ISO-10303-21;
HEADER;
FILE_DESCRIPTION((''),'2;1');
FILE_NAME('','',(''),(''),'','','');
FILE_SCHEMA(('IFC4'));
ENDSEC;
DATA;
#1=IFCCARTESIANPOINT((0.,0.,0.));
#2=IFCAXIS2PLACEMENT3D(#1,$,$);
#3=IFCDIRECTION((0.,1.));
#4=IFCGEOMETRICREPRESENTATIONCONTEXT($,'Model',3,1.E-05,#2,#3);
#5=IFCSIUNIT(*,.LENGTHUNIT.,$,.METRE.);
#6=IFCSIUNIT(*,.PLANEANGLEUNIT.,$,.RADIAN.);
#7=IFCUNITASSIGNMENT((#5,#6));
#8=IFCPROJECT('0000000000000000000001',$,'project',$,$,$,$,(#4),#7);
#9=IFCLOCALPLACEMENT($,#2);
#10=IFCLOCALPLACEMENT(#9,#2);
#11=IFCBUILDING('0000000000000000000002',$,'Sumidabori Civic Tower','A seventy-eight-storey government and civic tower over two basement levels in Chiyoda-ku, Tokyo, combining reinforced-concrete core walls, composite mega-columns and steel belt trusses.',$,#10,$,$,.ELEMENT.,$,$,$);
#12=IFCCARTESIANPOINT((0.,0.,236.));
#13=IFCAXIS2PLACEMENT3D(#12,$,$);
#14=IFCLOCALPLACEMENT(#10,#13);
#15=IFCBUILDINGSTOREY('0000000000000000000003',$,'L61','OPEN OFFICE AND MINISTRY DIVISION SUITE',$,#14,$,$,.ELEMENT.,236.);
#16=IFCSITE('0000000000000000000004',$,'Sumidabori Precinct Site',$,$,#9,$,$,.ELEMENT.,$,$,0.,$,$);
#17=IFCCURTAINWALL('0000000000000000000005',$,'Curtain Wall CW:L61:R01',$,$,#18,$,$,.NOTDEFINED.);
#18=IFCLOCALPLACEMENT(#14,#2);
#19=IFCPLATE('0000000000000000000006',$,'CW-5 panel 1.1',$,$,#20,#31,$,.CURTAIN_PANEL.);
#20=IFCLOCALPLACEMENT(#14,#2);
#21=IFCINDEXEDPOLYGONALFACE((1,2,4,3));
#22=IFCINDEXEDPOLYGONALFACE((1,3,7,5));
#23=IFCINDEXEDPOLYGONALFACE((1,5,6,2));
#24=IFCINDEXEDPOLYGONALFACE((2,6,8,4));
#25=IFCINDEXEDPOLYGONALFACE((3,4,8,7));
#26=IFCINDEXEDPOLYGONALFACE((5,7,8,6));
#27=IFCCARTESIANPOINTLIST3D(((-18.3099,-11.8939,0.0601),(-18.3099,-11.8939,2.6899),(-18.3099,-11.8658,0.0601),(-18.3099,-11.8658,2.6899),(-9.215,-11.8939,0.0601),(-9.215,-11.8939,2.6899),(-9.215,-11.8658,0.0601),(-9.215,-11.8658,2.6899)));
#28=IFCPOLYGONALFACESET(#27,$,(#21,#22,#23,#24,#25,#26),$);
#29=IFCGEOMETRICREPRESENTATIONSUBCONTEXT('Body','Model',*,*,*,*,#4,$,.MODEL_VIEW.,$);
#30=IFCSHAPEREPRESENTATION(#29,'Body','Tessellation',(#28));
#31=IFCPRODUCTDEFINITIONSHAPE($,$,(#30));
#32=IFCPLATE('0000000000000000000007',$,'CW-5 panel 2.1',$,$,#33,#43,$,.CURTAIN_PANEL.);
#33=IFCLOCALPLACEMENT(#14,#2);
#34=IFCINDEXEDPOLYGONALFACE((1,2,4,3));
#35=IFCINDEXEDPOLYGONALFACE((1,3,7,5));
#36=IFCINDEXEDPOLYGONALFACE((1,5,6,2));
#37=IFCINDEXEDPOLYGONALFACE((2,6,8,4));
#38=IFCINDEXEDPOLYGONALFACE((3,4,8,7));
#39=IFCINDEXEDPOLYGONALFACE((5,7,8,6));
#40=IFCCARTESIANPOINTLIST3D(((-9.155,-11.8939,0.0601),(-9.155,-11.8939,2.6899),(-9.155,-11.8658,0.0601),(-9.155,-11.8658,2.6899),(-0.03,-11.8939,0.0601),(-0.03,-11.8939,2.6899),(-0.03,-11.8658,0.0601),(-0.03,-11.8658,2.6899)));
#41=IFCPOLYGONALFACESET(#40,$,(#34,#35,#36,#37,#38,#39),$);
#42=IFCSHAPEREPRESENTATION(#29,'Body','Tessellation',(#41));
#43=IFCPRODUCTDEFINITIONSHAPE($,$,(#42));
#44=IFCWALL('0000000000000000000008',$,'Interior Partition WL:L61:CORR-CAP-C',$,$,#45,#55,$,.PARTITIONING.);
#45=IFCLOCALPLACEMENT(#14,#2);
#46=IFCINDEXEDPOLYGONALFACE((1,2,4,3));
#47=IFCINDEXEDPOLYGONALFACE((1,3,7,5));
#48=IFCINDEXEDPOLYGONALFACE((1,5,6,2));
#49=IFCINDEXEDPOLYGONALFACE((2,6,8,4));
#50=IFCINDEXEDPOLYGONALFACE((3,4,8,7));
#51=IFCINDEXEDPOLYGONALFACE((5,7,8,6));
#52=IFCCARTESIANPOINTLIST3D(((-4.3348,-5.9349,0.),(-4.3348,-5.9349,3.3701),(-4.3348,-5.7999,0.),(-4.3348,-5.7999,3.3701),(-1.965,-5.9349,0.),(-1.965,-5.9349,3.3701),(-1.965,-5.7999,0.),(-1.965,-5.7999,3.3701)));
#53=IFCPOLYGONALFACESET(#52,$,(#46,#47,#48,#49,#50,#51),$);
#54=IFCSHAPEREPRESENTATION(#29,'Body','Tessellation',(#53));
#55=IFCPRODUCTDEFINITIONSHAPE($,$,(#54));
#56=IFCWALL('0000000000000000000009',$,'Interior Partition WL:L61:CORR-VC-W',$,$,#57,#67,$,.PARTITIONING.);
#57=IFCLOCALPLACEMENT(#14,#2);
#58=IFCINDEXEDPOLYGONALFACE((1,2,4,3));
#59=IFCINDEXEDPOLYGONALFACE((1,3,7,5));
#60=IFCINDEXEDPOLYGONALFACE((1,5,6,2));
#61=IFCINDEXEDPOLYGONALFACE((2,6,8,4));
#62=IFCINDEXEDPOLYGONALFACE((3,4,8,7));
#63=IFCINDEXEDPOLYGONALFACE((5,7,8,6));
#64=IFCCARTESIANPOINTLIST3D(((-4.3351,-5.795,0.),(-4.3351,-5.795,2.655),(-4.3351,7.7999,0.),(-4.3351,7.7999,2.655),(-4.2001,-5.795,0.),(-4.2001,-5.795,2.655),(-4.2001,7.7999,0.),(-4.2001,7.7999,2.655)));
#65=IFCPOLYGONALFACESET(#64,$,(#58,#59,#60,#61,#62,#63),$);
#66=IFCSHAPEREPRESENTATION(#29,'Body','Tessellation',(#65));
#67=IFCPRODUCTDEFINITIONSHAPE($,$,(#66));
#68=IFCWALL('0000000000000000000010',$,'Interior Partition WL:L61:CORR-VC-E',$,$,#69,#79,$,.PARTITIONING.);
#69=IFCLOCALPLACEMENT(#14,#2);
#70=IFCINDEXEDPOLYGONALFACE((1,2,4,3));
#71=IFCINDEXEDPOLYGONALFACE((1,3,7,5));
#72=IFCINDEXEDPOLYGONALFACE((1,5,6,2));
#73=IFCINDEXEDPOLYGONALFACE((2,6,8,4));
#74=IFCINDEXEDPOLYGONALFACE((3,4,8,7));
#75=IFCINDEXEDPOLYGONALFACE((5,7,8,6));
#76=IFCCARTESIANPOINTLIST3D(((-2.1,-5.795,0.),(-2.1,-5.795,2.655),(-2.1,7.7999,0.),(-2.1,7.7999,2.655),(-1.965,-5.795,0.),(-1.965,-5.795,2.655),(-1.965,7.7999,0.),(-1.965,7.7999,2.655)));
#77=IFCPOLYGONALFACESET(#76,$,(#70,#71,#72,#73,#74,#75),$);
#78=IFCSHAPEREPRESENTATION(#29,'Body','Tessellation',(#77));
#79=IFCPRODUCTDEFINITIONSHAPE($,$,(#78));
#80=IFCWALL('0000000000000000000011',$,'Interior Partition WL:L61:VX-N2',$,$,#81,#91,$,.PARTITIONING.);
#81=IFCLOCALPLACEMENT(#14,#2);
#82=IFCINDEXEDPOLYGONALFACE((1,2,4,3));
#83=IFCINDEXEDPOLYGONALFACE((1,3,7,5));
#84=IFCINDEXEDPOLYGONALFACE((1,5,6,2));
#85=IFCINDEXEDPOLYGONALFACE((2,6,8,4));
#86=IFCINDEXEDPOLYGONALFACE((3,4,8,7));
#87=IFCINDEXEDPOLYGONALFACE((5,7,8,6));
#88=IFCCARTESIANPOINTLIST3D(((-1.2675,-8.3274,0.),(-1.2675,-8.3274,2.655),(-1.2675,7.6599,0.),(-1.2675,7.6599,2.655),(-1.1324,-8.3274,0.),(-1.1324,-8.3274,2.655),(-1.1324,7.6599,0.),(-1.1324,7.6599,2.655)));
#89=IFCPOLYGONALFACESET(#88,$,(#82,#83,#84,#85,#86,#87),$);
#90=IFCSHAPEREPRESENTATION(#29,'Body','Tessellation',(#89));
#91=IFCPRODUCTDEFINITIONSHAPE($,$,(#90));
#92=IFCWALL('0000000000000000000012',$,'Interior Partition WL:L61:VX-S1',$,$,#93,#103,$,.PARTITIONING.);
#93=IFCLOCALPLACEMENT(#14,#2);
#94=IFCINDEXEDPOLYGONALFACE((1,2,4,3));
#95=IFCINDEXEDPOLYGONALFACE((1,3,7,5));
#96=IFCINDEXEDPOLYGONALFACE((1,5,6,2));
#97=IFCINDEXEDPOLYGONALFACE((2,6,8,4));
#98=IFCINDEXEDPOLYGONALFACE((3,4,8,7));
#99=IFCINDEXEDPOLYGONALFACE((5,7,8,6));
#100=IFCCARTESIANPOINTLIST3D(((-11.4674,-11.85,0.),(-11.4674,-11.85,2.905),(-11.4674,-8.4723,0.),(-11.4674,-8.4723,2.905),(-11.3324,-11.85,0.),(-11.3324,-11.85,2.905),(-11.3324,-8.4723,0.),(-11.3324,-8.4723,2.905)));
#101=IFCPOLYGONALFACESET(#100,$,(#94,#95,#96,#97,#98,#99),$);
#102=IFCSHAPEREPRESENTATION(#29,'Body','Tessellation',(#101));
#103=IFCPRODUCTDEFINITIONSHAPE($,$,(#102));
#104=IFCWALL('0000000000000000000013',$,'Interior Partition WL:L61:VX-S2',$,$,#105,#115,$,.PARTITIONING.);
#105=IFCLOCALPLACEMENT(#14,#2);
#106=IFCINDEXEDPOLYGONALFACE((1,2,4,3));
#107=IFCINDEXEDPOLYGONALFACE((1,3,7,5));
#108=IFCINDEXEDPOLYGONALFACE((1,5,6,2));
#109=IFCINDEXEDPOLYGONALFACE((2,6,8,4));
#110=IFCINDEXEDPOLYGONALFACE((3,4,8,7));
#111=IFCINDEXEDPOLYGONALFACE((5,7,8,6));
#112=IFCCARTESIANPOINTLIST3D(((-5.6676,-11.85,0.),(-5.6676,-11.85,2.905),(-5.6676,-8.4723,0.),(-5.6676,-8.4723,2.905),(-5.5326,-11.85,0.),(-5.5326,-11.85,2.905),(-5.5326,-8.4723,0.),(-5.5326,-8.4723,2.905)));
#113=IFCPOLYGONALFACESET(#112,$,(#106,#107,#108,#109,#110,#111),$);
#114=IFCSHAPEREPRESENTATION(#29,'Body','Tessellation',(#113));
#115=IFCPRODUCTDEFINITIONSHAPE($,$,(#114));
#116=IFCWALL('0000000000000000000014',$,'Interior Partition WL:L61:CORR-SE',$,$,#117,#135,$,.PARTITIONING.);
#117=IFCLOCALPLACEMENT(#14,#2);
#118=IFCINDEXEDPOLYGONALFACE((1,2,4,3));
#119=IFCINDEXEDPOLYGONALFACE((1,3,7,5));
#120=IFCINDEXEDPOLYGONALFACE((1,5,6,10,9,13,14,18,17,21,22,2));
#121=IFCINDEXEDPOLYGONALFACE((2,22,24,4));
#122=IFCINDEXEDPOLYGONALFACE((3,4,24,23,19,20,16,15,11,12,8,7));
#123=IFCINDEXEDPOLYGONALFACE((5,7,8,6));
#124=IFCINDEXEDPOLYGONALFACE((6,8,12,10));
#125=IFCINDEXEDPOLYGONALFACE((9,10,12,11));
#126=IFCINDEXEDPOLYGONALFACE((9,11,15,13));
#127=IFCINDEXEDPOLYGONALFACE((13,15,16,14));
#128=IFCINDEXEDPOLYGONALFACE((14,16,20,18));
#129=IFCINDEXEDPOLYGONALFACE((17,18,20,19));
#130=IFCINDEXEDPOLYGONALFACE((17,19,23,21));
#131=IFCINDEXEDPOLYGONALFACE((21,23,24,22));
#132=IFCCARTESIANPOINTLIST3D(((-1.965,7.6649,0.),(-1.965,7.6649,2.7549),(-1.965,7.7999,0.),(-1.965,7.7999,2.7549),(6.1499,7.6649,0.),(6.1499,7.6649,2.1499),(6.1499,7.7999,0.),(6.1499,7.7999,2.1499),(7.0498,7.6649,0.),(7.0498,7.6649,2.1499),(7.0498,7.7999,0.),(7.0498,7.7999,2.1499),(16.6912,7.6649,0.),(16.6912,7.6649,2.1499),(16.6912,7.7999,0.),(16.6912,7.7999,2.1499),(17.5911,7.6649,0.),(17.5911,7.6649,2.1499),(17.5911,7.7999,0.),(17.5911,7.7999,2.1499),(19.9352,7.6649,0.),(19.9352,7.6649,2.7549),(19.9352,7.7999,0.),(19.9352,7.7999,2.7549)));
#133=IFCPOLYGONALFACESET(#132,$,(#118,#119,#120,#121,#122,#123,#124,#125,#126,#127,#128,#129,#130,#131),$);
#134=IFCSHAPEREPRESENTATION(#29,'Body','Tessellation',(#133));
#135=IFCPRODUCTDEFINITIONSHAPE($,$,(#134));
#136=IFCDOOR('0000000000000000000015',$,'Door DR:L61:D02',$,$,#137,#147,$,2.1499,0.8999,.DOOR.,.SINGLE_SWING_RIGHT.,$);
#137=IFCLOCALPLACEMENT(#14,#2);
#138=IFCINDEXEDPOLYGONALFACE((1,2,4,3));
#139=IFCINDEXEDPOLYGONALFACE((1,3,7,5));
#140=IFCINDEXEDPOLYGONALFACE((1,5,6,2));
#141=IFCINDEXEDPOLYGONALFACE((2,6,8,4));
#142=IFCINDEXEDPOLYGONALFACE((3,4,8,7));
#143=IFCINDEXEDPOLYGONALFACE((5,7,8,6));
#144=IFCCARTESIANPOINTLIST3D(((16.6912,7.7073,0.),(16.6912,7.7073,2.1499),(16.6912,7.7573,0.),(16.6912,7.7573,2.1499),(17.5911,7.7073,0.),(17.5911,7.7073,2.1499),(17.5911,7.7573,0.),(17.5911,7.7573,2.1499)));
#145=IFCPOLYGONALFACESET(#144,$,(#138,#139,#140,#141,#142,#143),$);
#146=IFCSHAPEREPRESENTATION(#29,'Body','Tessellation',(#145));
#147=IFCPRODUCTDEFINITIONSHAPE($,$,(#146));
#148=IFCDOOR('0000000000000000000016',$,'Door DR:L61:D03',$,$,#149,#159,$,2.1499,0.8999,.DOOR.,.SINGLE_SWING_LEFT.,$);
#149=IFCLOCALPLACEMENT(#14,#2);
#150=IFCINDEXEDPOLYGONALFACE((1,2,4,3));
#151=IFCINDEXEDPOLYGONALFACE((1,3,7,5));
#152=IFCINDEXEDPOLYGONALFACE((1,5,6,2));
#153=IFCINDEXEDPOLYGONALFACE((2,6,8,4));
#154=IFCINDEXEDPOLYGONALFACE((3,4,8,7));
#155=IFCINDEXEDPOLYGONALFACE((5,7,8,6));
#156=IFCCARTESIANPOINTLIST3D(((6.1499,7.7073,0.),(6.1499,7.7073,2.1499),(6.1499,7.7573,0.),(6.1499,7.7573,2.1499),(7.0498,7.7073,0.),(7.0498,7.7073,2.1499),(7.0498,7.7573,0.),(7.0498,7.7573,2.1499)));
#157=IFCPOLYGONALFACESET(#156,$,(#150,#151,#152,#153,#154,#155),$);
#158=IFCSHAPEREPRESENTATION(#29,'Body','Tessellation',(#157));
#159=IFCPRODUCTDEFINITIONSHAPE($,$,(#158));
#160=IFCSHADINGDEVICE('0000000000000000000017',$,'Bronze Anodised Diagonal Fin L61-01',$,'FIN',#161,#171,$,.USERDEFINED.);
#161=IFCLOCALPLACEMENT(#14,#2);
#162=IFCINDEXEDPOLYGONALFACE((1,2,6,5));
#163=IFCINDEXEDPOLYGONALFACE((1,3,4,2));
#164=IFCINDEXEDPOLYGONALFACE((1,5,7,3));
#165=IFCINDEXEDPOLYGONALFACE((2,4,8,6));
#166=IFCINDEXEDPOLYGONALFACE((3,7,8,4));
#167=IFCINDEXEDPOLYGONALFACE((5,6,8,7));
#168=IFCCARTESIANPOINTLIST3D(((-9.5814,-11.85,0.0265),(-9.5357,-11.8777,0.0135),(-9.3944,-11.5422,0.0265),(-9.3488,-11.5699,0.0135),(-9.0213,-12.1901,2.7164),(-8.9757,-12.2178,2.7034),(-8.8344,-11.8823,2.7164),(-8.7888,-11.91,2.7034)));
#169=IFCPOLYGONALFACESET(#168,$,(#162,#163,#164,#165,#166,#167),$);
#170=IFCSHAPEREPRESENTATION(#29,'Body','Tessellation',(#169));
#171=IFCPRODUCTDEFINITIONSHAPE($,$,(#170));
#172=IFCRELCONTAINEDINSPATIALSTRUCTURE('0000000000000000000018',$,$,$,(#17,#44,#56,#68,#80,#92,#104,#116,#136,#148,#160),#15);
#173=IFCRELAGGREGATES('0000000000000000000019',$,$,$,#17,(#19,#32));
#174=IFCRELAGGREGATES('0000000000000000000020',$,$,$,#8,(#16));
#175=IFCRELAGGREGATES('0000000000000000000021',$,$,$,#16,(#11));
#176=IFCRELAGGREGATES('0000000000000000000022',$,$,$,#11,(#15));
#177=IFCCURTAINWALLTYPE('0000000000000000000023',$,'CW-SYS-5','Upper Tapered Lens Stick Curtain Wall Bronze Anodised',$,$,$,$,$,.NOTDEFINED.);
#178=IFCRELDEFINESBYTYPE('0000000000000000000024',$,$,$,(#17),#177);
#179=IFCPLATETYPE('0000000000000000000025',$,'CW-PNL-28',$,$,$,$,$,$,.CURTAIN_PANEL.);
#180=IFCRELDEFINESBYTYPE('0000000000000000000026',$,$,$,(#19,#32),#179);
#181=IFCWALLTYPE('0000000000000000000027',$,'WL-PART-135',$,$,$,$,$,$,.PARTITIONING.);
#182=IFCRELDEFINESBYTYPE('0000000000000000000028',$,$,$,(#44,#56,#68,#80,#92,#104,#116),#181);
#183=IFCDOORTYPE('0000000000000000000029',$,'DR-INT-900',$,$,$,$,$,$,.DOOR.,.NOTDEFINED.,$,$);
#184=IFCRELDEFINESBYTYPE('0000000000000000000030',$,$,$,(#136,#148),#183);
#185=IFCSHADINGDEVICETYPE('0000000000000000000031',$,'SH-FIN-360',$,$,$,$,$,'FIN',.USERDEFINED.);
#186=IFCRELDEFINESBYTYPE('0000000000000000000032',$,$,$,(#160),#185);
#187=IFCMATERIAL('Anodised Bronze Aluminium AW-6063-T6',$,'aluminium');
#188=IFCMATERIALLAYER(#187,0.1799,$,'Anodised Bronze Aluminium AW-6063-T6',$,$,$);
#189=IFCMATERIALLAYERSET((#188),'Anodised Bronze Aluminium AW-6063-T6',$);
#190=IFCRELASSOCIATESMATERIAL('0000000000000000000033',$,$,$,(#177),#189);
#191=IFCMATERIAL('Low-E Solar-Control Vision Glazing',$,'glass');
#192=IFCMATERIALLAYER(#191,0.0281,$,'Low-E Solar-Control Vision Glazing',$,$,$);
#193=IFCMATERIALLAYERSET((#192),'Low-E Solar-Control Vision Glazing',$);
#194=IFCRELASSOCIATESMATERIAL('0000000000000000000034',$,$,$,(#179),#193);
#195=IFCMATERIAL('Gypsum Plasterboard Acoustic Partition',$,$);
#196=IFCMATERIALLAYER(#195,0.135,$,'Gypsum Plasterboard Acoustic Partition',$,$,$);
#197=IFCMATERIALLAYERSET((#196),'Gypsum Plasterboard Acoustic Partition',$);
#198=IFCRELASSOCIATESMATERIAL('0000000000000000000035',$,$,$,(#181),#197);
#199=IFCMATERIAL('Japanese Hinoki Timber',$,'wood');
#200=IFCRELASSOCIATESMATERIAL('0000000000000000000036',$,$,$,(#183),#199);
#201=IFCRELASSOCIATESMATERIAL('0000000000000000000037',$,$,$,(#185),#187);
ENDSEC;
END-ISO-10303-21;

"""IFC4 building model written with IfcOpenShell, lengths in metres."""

from ifc_helpers import new_model, si_unit, direction, frame, frame_2d, origin, origin_2d, place, context, subcontext, project, spatial, rectangle, extrude, source, transform, mapped, material, layer, layer_set, material_profile, profile_set, type_object, element, fill, aggregate, save


model = new_model("IFC4")

# Units and contexts
model_context = context("Model", 3, precision=1e-05, world=origin(), true_north=direction((0.0, 1.0)))
body_context = subcontext(model_context, "Body", "Model", "MODEL_VIEW")
ifc_project = project(units=[si_unit("LENGTHUNIT", "METRE"), si_unit("PLANEANGLEUNIT", "RADIAN")], contexts=[model_context])

# Site, building, storey
site_placement = place(None, origin())
site = spatial("IfcSite", under=ifc_project, at=site_placement, Name="Sumidabori Precinct Site", CompositionType="ELEMENT", RefElevation=0.0)
building_placement = place(site_placement, origin())
building = spatial("IfcBuilding", under=site, at=building_placement, Name="Sumidabori Civic Tower", Description="A seventy-eight-storey government and civic tower over two basement levels in Chiyoda-ku, Tokyo, combining reinforced-concrete core walls, composite mega-columns and steel belt trusses.", CompositionType="ELEMENT")
storey_placement = place(building_placement, frame((0.0, 0.0, 236.0)))
storey = spatial("IfcBuildingStorey", under=building, at=storey_placement, Name="L61", Description="OPEN OFFICE AND MINISTRY DIVISION SUITE", CompositionType="ELEMENT", Elevation=236.0)

# Curtain wall
ifc_material_1 = material(Name="Anodised Bronze Aluminium AW-6063-T6", Category="aluminium")
ifc_layer_1 = layer(ifc_material_1, 0.1799, Name="Anodised Bronze Aluminium AW-6063-T6")
ifc_layer_set_1 = layer_set([ifc_layer_1], Name="Anodised Bronze Aluminium AW-6063-T6")
curtain_wall_type = type_object("IfcCurtainWallType", Name="CW-SYS-5", Description="Upper Tapered Lens Stick Curtain Wall Bronze Anodised", PredefinedType="NOTDEFINED", material=ifc_layer_set_1)
curtain_wall_placement = place(storey_placement, origin())
curtain_wall = element("IfcCurtainWall", 1, at=curtain_wall_placement, inside=storey, type_object=curtain_wall_type, Name="Curtain Wall CW:L61:R01", PredefinedType="NOTDEFINED")

# Plates
ifc_material_2 = material(Name="Low-E Solar-Control Vision Glazing", Category="glass")
ifc_layer_2 = layer(ifc_material_2, 0.0281, Name="Low-E Solar-Control Vision Glazing")
ifc_layer_set_2 = layer_set([ifc_layer_2], Name="Low-E Solar-Control Vision Glazing")
plate_type = type_object("IfcPlateType", Name="CW-PNL-28", PredefinedType="CURTAIN_PANEL", material=ifc_layer_set_2)
shared_shape_1 = source(origin(), body_context, "Body", "SweptSolid", [
    extrude(rectangle(XDim=9.095, YDim=0.0281, at=origin_2d()), origin(), (0.0, 0.0, 1.0), 2.6299),
])
plate_1_placement = place(storey_placement, frame((-13.7625, -11.8799, 0.0601), z_axis=(0.0, 0.0, 1.0), x_axis=(1.0, 0.0, 0.0)))
plate_1 = element("IfcPlate", 2, at=plate_1_placement, type_object=plate_type, Name="CW-5 panel 1.1", PredefinedType="CURTAIN_PANEL", context=body_context, shape_type="MappedRepresentation", body=[
    mapped(shared_shape_1, transform((0.0, 0.0, 0.0), x_axis=(1.0, 0.0, 0.0), y_axis=(0.0, 1.0, 0.0), z_axis=(0.0, 0.0, 1.0), scale=1.0)),
])
shared_shape_2 = source(origin(), body_context, "Body", "SweptSolid", [
    extrude(rectangle(XDim=9.125, YDim=0.0281, at=origin_2d()), origin(), (0.0, 0.0, 1.0), 2.6299),
])
plate_2_placement = place(storey_placement, frame((-4.5925, -11.8799, 0.0601), z_axis=(0.0, 0.0, 1.0), x_axis=(1.0, 0.0, 0.0)))
plate_2 = element("IfcPlate", 3, at=plate_2_placement, type_object=plate_type, Name="CW-5 panel 2.1", PredefinedType="CURTAIN_PANEL", context=body_context, shape_type="MappedRepresentation", body=[
    mapped(shared_shape_2, transform((0.0, 0.0, 0.0), x_axis=(1.0, 0.0, 0.0), y_axis=(0.0, 1.0, 0.0), z_axis=(0.0, 0.0, 1.0), scale=1.0)),
])
aggregate(curtain_wall, [plate_1, plate_2])

# Walls
ifc_material_3 = material(Name="Gypsum Plasterboard Acoustic Partition")
ifc_layer_3 = layer(ifc_material_3, 0.135, Name="Gypsum Plasterboard Acoustic Partition")
ifc_layer_set_3 = layer_set([ifc_layer_3], Name="Gypsum Plasterboard Acoustic Partition")
wall_type = type_object("IfcWallType", Name="WL-PART-135", PredefinedType="PARTITIONING", material=ifc_layer_set_3)
shared_shape_3 = source(origin(), body_context, "Body", "SweptSolid", [
    extrude(rectangle(XDim=2.3699, YDim=0.135, at=frame_2d((1.1851, 0.0))), origin(), (0.0, 0.0, 1.0), 3.3701),
])
wall_1_placement = place(storey_placement, frame((-4.335, -5.8674, 0.0), z_axis=(0.0, 0.0, 1.0), x_axis=(1.0, 0.0, 0.0)))
element("IfcWall", 4, at=wall_1_placement, inside=storey, type_object=wall_type, Name="Interior Partition WL:L61:CORR-CAP-C", PredefinedType="PARTITIONING", context=body_context, shape_type="MappedRepresentation", body=[
    mapped(shared_shape_3, transform((0.0, 0.0, 0.0), x_axis=(1.0, 0.0, 0.0), y_axis=(0.0, 1.0, 0.0), z_axis=(0.0, 0.0, 1.0), scale=1.0)),
])
shared_shape_4 = source(origin(), body_context, "Body", "SweptSolid", [
    extrude(rectangle(XDim=13.595, YDim=0.135, at=frame_2d((6.7974, 0.0))), origin(), (0.0, 0.0, 1.0), 2.655),
])
for number, where, z_axis, x_axis, name in (
    (5, (-4.2676, -5.7949, 0.0), (0.0, 0.0, 1.0), (0.0, 1.0, 0.0), "Interior Partition WL:L61:CORR-VC-W"),
    (6, (-2.0325, -5.7949, 0.0), (0.0, 0.0, 1.0), (0.0, 1.0, 0.0), "Interior Partition WL:L61:CORR-VC-E"),
):
    element("IfcWall", number, at=place(storey_placement, frame(where, z_axis=z_axis, x_axis=x_axis)), inside=storey, type_object=wall_type, Name=name, PredefinedType="PARTITIONING", context=body_context, shape_type="MappedRepresentation", body=[
        mapped(shared_shape_4, transform((0.0, 0.0, 0.0), x_axis=(1.0, 0.0, 0.0), y_axis=(0.0, 1.0, 0.0), z_axis=(0.0, 0.0, 1.0), scale=1.0)),
    ])
shared_shape_5 = source(origin(), body_context, "Body", "SweptSolid", [
    extrude(rectangle(XDim=15.9873, YDim=0.135, at=frame_2d((7.9937, 0.0))), origin(), (0.0, 0.0, 1.0), 2.655),
])
wall_2_placement = place(storey_placement, frame((-1.2, -8.3274, 0.0), z_axis=(0.0, 0.0, 1.0), x_axis=(0.0, 1.0, 0.0)))
element("IfcWall", 7, at=wall_2_placement, inside=storey, type_object=wall_type, Name="Interior Partition WL:L61:VX-N2", PredefinedType="PARTITIONING", context=body_context, shape_type="MappedRepresentation", body=[
    mapped(shared_shape_5, transform((0.0, 0.0, 0.0), x_axis=(1.0, 0.0, 0.0), y_axis=(0.0, 1.0, 0.0), z_axis=(0.0, 0.0, 1.0), scale=1.0)),
])
shared_shape_6 = source(origin(), body_context, "Body", "SweptSolid", [
    extrude(rectangle(XDim=3.3777, YDim=0.135, at=frame_2d((1.689, 0.0))), origin(), (0.0, 0.0, 1.0), 2.905),
])
for number, where, z_axis, x_axis, name in (
    (8, (-11.3999, -11.8501, 0.0), (0.0, 0.0, 1.0), (0.0, 1.0, 0.0), "Interior Partition WL:L61:VX-S1"),
    (9, (-5.6001, -11.8501, 0.0), (0.0, 0.0, 1.0), (0.0, 1.0, 0.0), "Interior Partition WL:L61:VX-S2"),
):
    element("IfcWall", number, at=place(storey_placement, frame(where, z_axis=z_axis, x_axis=x_axis)), inside=storey, type_object=wall_type, Name=name, PredefinedType="PARTITIONING", context=body_context, shape_type="MappedRepresentation", body=[
        mapped(shared_shape_6, transform((0.0, 0.0, 0.0), x_axis=(1.0, 0.0, 0.0), y_axis=(0.0, 1.0, 0.0), z_axis=(0.0, 0.0, 1.0), scale=1.0)),
    ])

# Wall, openings, doors
shared_shape_7 = source(origin(), body_context, "Body", "SweptSolid", [
    extrude(rectangle(XDim=21.9001, YDim=0.135, at=frame_2d((10.9502, 0.0))), origin(), (0.0, 0.0, 1.0), 2.7549),
])
wall_3_placement = place(storey_placement, frame((-1.9651, 7.7324, 0.0), z_axis=(0.0, 0.0, 1.0), x_axis=(1.0, 0.0, 0.0)))
wall_3 = element("IfcWall", 10, at=wall_3_placement, inside=storey, type_object=wall_type, Name="Interior Partition WL:L61:CORR-SE", PredefinedType="PARTITIONING", context=body_context, shape_type="MappedRepresentation", body=[
    mapped(shared_shape_7, transform((0.0, 0.0, 0.0), x_axis=(1.0, 0.0, 0.0), y_axis=(0.0, 1.0, 0.0), z_axis=(0.0, 0.0, 1.0), scale=1.0)),
])
opening_1_placement = place(wall_3_placement, frame((18.6562, 0.0, 0.0)))
opening_1 = element("IfcOpeningElement", 11, at=opening_1_placement, cuts=wall_3, PredefinedType="OPENING", context=body_context, shape_type="SweptSolid", body=[
    extrude(rectangle(XDim=0.8999, YDim=2.1499, at=frame_2d((0.45, 1.075))), frame((0.0, 0.0796, 0.0), z_axis=(0.0, -1.0, 0.0), x_axis=(1.0, 0.0, 0.0)), (0.0, 0.0, 1.0), 0.1589),
])
opening_2_placement = place(wall_3_placement, frame((8.115, 0.0, 0.0)))
opening_2 = element("IfcOpeningElement", 12, at=opening_2_placement, cuts=wall_3, PredefinedType="OPENING", context=body_context, shape_type="SweptSolid", body=[
    extrude(rectangle(XDim=0.8999, YDim=2.1499, at=frame_2d((0.45, 1.075))), frame((0.0, 0.0796, 0.0), z_axis=(0.0, -1.0, 0.0), x_axis=(1.0, 0.0, 0.0)), (0.0, 0.0, 1.0), 0.1589),
])
ifc_material_4 = material(Name="Japanese Hinoki Timber", Category="wood")
door_type = type_object("IfcDoorType", Name="DR-INT-900", OperationType="NOTDEFINED", PredefinedType="DOOR", material=ifc_material_4)
shared_shape_8 = source(origin(), body_context, "Body", "SweptSolid", [
    extrude(rectangle(XDim=0.8999, YDim=2.1499, at=frame_2d((0.45, 1.075))), frame((0.0, 0.0249, 0.0), z_axis=(0.0, -1.0, 0.0), x_axis=(1.0, 0.0, 0.0)), (0.0, 0.0, 1.0), 0.05),
])
door_1_placement = place(opening_1_placement, origin())
door_1 = element("IfcDoor", 13, at=door_1_placement, inside=storey, type_object=door_type, Name="Door DR:L61:D02", OperationType="SINGLE_SWING_RIGHT", OverallHeight=2.1499, OverallWidth=0.8999, PredefinedType="DOOR", context=body_context, shape_type="MappedRepresentation", body=[
    mapped(shared_shape_8, transform((0.0, 0.0, 0.0), x_axis=(1.0, 0.0, 0.0), y_axis=(0.0, 1.0, 0.0), z_axis=(0.0, 0.0, 1.0), scale=1.0)),
])
fill(opening_1, door_1)
door_2_placement = place(opening_2_placement, origin())
door_2 = element("IfcDoor", 14, at=door_2_placement, inside=storey, type_object=door_type, Name="Door DR:L61:D03", OperationType="SINGLE_SWING_LEFT", OverallHeight=2.1499, OverallWidth=0.8999, PredefinedType="DOOR", context=body_context, shape_type="MappedRepresentation", body=[
    mapped(shared_shape_8, transform((0.0, 0.0, 0.0), x_axis=(1.0, 0.0, 0.0), y_axis=(0.0, 1.0, 0.0), z_axis=(0.0, 0.0, 1.0), scale=1.0)),
])
fill(opening_2, door_2)

# Shading device
ifc_material_profile_1 = material_profile(ifc_material_1, rectangle(XDim=0.0549, YDim=0.3601, at=origin_2d()), Name="BRONZE FIN 360x55")
ifc_profile_set_1 = profile_set([ifc_material_profile_1], Name="Anodised Bronze Aluminium AW-6063-T6")
shading_device_type = type_object("IfcShadingDeviceType", Name="SH-FIN-360", ElementType="FIN", PredefinedType="USERDEFINED", material=ifc_profile_set_1)
shared_shape_9 = source(origin(), body_context, "Body", "SweptSolid", [
    extrude(rectangle(XDim=0.0549, YDim=0.3601, at=origin_2d()), origin(), (0.0, 0.0, 1.0), 2.7686),
])
shading_device_placement = place(storey_placement, frame((-9.4651, -11.71, 0.02), z_axis=(0.20229, -0.122838, 0.971591), x_axis=(0.83047, -0.504291, -0.236665)))
element("IfcShadingDevice", 15, at=shading_device_placement, inside=storey, type_object=shading_device_type, Name="Bronze Anodised Diagonal Fin L61-01", ObjectType="FIN", PredefinedType="USERDEFINED", context=body_context, shape_type="MappedRepresentation", body=[
    mapped(shared_shape_9, transform((0.0, 0.0, 0.0), x_axis=(1.0, 0.0, 0.0), y_axis=(0.0, 1.0, 0.0), z_axis=(0.0, 0.0, 1.0), scale=1.0)),
])

save(model, "model.ifc")
